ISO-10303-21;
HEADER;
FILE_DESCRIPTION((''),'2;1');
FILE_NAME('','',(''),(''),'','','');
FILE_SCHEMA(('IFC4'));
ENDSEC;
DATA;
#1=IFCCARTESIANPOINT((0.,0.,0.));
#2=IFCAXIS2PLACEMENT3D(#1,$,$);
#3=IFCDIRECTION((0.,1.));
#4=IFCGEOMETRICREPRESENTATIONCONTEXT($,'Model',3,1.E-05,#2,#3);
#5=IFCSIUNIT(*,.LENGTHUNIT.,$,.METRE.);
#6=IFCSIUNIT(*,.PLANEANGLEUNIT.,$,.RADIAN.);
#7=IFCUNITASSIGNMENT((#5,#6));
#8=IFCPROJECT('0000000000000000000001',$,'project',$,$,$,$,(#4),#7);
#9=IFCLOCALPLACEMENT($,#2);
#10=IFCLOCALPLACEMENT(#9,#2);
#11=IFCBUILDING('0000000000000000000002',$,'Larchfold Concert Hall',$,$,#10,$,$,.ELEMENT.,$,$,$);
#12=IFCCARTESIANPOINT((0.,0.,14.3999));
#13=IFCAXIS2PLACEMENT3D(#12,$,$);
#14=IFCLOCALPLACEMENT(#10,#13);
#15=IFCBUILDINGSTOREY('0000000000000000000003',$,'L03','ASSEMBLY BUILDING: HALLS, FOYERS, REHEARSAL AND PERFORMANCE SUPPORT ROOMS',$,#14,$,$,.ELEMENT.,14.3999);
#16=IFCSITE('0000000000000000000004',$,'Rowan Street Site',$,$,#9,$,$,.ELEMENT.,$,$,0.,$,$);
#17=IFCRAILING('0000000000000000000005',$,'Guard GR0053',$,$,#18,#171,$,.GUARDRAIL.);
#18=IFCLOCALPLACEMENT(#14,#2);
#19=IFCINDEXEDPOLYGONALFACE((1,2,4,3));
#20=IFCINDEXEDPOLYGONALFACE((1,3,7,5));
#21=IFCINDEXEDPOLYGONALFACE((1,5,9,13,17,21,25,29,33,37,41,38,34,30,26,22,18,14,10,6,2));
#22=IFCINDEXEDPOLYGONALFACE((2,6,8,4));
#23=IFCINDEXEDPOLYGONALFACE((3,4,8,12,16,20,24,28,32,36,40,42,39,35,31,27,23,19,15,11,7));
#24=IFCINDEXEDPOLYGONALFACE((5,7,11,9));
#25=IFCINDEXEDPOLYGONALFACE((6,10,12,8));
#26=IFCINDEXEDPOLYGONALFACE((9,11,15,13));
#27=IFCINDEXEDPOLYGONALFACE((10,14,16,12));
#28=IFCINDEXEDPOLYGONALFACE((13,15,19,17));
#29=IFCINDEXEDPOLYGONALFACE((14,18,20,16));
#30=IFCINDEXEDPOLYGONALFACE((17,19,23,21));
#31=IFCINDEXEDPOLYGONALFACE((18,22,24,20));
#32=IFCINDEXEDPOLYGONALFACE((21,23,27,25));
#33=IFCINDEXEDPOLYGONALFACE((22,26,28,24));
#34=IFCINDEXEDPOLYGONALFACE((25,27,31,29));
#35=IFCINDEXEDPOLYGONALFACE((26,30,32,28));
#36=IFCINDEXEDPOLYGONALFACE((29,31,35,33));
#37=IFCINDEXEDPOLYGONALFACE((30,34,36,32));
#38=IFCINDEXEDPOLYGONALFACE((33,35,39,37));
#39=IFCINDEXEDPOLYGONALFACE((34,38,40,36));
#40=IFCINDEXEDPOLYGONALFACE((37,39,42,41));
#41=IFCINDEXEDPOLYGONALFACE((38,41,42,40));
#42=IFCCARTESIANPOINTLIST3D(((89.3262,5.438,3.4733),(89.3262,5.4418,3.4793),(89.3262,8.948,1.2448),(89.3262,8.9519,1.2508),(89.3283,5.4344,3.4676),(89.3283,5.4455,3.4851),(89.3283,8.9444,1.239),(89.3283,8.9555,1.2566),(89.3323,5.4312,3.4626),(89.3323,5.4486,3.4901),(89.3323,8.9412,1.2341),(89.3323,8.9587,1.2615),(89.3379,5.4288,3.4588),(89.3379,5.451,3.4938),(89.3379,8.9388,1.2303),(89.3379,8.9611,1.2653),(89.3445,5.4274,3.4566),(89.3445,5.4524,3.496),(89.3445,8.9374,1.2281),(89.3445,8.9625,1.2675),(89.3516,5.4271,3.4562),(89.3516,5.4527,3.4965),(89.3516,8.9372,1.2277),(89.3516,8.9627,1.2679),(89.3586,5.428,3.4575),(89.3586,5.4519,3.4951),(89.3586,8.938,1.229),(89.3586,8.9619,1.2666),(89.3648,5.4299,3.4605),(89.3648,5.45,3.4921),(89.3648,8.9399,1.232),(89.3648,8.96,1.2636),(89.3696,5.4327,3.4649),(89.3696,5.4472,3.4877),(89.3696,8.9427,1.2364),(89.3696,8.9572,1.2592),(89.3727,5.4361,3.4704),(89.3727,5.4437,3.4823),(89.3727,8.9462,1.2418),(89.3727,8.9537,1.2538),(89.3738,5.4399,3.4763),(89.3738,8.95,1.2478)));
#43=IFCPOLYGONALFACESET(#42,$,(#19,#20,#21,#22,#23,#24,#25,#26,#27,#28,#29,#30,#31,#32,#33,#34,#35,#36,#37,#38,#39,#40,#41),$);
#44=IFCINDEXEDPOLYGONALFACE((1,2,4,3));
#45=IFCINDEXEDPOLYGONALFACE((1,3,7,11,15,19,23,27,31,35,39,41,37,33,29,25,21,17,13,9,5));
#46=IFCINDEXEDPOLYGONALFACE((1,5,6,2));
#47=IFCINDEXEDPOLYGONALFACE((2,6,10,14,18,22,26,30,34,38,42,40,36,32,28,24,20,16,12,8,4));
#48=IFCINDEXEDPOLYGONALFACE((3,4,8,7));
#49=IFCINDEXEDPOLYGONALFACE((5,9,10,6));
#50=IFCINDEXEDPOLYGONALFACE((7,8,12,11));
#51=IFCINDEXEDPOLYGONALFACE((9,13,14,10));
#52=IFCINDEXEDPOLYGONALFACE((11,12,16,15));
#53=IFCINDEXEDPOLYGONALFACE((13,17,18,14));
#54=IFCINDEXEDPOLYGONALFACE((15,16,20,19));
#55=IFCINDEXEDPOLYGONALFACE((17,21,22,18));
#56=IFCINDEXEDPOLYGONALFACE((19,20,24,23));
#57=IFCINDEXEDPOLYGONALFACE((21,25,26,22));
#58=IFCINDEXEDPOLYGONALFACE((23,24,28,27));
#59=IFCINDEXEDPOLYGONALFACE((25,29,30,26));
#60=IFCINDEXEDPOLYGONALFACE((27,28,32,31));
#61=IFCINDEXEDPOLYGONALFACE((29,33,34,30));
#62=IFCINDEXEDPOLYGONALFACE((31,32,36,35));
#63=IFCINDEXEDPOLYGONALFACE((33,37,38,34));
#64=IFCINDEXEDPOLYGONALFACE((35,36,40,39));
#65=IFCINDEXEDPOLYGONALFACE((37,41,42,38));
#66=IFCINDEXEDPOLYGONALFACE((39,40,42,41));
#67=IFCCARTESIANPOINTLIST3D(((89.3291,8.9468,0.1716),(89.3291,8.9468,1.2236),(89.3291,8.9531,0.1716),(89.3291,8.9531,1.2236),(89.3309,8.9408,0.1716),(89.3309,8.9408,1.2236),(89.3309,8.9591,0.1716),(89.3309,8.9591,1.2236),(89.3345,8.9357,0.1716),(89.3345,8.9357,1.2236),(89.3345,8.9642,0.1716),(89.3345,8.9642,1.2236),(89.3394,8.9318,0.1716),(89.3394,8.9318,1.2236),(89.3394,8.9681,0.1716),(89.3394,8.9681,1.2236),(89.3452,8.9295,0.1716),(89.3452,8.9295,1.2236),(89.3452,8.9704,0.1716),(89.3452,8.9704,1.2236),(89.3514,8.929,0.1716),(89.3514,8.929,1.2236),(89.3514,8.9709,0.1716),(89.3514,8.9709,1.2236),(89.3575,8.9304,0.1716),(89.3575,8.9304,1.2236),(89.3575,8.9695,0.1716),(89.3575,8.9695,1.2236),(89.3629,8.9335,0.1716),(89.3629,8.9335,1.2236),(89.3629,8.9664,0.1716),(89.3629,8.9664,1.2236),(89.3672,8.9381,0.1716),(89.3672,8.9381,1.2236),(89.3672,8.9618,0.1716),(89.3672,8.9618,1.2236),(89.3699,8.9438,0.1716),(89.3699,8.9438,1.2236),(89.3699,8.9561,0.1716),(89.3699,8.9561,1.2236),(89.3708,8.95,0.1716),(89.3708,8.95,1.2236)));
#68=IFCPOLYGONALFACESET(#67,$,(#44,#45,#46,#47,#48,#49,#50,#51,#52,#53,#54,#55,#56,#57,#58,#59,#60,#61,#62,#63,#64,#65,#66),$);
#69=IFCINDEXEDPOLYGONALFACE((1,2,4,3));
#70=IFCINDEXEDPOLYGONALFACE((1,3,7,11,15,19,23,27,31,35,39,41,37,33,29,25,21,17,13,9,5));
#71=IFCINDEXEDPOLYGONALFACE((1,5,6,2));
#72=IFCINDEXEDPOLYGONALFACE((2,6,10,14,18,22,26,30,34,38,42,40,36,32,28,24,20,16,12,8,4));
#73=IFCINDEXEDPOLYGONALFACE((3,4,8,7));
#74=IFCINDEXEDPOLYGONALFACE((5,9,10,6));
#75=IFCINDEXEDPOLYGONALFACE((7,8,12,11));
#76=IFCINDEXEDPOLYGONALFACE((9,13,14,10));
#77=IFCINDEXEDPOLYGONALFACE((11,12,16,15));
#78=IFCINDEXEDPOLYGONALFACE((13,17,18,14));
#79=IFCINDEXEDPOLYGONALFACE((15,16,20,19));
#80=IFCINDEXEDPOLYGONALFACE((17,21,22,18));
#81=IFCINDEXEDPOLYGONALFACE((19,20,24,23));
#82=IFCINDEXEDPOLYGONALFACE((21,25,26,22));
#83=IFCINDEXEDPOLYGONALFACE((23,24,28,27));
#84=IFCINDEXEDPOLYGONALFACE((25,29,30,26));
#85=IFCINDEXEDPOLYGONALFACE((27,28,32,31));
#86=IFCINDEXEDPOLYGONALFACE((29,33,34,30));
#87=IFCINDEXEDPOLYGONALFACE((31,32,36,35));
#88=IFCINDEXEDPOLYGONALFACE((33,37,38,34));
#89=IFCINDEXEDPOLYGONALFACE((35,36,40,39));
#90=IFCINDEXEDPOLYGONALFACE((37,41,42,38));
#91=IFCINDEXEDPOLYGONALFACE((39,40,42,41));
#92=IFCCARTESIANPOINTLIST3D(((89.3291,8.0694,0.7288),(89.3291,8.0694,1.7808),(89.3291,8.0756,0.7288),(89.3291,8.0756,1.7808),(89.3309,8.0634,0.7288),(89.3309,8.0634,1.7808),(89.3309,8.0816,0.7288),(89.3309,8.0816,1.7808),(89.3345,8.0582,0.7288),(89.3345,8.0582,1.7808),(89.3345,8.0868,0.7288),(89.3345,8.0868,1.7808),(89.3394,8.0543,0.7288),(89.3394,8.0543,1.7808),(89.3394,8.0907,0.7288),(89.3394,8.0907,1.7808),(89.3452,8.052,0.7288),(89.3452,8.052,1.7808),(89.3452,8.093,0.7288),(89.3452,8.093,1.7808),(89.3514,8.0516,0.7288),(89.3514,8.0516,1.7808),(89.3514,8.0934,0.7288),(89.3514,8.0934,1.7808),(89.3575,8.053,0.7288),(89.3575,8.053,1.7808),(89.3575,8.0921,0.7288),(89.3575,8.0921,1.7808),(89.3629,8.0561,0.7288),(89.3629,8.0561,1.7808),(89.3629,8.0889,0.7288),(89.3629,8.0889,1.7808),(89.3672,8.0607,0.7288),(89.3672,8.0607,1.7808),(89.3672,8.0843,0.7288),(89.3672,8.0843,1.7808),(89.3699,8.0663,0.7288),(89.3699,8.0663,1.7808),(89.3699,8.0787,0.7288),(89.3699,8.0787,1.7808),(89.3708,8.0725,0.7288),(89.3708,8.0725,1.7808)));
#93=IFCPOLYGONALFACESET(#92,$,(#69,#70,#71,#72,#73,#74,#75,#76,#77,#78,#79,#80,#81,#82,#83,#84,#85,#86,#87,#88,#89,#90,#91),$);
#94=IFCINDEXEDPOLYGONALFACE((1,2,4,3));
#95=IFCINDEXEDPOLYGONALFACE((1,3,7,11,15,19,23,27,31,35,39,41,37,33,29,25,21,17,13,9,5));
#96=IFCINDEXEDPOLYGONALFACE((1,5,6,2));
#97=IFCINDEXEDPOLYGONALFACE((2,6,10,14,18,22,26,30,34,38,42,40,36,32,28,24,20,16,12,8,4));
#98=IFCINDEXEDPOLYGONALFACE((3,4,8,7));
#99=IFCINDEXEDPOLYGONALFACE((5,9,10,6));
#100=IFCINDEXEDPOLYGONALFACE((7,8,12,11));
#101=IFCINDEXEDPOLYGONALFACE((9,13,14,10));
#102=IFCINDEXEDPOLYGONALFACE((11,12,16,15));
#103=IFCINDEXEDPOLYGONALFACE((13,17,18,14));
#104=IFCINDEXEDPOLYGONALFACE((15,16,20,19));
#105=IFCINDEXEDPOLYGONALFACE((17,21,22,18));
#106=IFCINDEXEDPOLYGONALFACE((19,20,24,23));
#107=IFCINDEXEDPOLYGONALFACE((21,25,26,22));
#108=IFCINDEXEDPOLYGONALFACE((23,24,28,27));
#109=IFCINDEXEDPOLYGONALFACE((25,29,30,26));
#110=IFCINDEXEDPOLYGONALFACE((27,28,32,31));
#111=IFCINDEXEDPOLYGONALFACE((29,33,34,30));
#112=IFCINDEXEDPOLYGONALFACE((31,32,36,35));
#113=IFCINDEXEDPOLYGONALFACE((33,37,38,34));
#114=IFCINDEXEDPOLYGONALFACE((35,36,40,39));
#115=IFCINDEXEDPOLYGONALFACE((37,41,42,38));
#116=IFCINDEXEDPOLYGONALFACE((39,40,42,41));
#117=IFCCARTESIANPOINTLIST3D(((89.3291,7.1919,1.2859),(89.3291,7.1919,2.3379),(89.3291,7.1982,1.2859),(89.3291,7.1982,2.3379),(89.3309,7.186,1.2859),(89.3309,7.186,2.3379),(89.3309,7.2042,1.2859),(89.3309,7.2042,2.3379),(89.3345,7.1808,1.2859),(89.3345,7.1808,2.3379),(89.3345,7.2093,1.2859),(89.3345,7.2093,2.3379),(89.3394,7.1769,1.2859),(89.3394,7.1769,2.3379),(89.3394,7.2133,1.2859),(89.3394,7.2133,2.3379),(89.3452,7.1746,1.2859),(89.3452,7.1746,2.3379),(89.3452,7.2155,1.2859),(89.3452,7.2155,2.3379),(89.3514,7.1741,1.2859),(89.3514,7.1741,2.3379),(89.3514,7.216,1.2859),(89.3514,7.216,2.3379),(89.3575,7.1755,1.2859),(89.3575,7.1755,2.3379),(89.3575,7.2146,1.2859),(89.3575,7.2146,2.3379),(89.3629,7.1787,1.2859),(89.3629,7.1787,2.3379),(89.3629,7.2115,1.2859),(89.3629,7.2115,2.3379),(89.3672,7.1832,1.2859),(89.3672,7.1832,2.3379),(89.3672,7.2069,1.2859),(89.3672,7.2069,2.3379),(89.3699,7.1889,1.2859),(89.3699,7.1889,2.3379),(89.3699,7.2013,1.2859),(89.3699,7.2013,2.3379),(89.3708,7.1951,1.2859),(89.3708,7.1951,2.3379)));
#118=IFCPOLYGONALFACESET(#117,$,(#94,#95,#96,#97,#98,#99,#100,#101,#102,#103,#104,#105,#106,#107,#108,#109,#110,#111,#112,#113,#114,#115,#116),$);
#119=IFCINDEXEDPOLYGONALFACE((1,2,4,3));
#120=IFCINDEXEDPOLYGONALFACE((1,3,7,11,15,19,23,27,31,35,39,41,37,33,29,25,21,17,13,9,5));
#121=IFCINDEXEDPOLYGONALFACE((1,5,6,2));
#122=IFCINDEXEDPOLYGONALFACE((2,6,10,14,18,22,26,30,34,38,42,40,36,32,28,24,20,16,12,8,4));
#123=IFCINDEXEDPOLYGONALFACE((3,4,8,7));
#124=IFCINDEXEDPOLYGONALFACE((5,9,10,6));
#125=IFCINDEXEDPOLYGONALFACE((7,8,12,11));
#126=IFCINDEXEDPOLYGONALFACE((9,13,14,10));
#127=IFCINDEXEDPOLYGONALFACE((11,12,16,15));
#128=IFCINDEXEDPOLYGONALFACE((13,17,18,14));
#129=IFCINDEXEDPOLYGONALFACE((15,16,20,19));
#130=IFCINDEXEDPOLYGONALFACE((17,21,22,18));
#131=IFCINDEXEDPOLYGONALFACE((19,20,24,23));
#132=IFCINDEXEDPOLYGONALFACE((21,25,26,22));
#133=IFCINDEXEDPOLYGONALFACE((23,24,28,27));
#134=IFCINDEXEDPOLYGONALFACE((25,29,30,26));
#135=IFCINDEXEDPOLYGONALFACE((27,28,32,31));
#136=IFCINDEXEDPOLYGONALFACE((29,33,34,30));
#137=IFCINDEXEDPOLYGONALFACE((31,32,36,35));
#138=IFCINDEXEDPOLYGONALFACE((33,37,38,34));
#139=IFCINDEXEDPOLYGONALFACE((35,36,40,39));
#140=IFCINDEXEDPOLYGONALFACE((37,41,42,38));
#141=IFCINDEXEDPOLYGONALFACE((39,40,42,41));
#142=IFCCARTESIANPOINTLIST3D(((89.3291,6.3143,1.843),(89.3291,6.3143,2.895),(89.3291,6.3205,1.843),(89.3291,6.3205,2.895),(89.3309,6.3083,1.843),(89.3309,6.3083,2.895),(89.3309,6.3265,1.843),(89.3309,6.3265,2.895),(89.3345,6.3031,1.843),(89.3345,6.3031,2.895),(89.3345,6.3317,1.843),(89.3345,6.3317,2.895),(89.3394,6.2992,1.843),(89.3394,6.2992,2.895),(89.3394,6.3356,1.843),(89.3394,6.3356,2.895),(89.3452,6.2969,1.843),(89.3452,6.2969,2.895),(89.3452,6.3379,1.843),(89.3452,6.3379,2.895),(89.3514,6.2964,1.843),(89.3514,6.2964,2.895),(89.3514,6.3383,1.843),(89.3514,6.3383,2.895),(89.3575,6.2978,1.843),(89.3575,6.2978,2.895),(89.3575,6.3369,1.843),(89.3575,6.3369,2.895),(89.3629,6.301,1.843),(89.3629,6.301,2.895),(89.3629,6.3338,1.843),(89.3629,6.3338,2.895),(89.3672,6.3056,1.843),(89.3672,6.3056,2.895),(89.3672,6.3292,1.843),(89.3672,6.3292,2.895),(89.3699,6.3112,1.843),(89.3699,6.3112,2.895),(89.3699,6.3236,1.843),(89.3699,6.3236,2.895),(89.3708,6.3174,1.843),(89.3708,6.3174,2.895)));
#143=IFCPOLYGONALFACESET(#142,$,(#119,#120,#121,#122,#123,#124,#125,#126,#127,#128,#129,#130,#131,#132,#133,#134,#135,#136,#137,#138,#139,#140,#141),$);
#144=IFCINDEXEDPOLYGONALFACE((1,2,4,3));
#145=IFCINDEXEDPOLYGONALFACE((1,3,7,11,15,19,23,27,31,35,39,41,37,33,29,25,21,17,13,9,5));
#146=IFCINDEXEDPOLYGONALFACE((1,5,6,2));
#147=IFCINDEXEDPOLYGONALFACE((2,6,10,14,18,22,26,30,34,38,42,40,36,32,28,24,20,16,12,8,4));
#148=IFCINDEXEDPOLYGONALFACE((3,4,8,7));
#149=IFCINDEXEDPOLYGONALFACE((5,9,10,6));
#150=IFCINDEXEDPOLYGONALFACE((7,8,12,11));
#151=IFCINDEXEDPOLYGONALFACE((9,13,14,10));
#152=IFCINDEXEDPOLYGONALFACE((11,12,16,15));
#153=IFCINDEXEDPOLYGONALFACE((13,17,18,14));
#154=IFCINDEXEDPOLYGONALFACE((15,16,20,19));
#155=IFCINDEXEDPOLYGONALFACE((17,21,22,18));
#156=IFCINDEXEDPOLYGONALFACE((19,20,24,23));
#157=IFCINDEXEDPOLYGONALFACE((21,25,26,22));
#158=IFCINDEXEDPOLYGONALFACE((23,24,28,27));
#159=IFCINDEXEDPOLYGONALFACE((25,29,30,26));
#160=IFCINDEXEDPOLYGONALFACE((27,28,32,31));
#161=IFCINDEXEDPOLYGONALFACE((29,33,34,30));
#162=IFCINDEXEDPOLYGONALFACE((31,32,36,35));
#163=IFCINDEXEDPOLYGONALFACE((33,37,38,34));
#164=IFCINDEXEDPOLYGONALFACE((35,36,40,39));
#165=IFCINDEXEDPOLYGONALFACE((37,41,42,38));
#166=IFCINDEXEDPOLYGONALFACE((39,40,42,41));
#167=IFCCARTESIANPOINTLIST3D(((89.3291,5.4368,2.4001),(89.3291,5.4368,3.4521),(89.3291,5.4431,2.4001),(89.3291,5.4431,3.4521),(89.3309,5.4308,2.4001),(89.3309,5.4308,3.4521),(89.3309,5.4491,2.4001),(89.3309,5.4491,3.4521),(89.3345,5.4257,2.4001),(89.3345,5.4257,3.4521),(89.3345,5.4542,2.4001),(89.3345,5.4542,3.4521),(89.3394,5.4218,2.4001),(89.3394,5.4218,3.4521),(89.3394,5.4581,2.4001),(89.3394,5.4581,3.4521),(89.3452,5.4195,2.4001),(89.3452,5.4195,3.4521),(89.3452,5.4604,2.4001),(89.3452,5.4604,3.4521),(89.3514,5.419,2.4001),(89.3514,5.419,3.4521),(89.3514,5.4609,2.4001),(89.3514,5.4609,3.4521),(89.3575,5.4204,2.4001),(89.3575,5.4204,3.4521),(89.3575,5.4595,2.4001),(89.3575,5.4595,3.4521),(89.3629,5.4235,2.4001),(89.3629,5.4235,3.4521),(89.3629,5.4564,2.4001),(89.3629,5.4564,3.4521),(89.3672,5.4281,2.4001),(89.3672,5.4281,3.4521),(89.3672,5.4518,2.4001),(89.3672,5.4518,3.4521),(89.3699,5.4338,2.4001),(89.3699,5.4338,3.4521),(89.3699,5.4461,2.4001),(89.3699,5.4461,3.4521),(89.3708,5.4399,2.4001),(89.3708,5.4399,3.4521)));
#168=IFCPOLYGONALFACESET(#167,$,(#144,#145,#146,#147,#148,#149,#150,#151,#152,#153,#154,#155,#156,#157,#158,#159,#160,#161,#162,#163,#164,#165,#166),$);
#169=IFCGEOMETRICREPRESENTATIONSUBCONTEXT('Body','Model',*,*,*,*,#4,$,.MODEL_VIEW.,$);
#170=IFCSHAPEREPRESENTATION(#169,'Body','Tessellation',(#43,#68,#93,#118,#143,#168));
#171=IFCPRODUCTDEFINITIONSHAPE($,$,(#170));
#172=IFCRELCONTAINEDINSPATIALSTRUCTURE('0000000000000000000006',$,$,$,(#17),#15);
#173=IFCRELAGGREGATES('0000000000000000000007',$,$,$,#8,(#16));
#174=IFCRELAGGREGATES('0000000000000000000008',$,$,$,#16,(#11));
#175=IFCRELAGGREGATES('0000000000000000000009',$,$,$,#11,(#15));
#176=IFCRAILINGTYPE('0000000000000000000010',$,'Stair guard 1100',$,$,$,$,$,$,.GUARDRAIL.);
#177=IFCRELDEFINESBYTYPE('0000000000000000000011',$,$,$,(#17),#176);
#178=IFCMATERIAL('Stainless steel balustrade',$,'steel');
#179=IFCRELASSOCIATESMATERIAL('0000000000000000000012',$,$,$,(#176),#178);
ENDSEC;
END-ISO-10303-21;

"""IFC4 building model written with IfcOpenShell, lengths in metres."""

from ifc_helpers import new_model, si_unit, direction, frame, origin, origin_2d, place, context, subcontext, project, spatial, circle, extrude, material, type_object, element, save


model = new_model("IFC4")

# Units and contexts
model_context = context("Model", 3, precision=1e-05, world=origin(), true_north=direction((0.0, 1.0)))
body_context = subcontext(model_context, "Body", "Model", "MODEL_VIEW")
ifc_project = project(units=[si_unit("LENGTHUNIT", "METRE"), si_unit("PLANEANGLEUNIT", "RADIAN")], contexts=[model_context])

# Site, building, storey
site_placement = place(None, origin())
site = spatial("IfcSite", under=ifc_project, at=site_placement, Name="Rowan Street Site", CompositionType="ELEMENT", RefElevation=0.0)
building_placement = place(site_placement, origin())
building = spatial("IfcBuilding", under=site, at=building_placement, Name="Larchfold Concert Hall", CompositionType="ELEMENT")
storey_placement = place(building_placement, frame((0.0, 0.0, 14.3999)))
storey = spatial("IfcBuildingStorey", under=building, at=storey_placement, Name="L03", Description="ASSEMBLY BUILDING: HALLS, FOYERS, REHEARSAL AND PERFORMANCE SUPPORT ROOMS", CompositionType="ELEMENT", Elevation=14.3999)

# Railing
ifc_material_1 = material(Name="Stainless steel balustrade", Category="steel")
railing_type_1 = type_object("IfcRailingType", Name="Stair guard 1100", PredefinedType="GUARDRAIL", material=ifc_material_1)
railing_1_placement = place(storey_placement, frame((89.3499, 8.95, 0.1716)))
element("IfcRailing", 1, at=railing_1_placement, inside=storey, type_object=railing_type_1, Name="Guard GR0053", PredefinedType="GUARDRAIL", context=body_context, shape_type="SweptSolid", body=[
    extrude(circle(Radius=0.0239, at=origin_2d()), frame((0.0, 0.0, 1.0762), z_axis=(0.0, -0.84422, 0.535998), x_axis=(1.0, 0.0, 0.0)), (0.0, 0.0, 1.0), 4.1577),
    extrude(circle(Radius=0.021, at=origin_2d()), origin(), (0.0, 0.0, 1.0), 1.052),
    extrude(circle(Radius=0.021, at=origin_2d()), frame((0.0, -0.8774, 0.5571)), (0.0, 0.0, 1.0), 1.052),
    extrude(circle(Radius=0.021, at=origin_2d()), frame((0.0, -1.7549, 1.1143)), (0.0, 0.0, 1.0), 1.052),
    extrude(circle(Radius=0.021, at=origin_2d()), frame((0.0, -2.6326, 1.6714)), (0.0, 0.0, 1.0), 1.052),
    extrude(circle(Radius=0.021, at=origin_2d()), frame((0.0, -3.51, 2.2285)), (0.0, 0.0, 1.0), 1.052),
])

save(model, "model.ifc")
